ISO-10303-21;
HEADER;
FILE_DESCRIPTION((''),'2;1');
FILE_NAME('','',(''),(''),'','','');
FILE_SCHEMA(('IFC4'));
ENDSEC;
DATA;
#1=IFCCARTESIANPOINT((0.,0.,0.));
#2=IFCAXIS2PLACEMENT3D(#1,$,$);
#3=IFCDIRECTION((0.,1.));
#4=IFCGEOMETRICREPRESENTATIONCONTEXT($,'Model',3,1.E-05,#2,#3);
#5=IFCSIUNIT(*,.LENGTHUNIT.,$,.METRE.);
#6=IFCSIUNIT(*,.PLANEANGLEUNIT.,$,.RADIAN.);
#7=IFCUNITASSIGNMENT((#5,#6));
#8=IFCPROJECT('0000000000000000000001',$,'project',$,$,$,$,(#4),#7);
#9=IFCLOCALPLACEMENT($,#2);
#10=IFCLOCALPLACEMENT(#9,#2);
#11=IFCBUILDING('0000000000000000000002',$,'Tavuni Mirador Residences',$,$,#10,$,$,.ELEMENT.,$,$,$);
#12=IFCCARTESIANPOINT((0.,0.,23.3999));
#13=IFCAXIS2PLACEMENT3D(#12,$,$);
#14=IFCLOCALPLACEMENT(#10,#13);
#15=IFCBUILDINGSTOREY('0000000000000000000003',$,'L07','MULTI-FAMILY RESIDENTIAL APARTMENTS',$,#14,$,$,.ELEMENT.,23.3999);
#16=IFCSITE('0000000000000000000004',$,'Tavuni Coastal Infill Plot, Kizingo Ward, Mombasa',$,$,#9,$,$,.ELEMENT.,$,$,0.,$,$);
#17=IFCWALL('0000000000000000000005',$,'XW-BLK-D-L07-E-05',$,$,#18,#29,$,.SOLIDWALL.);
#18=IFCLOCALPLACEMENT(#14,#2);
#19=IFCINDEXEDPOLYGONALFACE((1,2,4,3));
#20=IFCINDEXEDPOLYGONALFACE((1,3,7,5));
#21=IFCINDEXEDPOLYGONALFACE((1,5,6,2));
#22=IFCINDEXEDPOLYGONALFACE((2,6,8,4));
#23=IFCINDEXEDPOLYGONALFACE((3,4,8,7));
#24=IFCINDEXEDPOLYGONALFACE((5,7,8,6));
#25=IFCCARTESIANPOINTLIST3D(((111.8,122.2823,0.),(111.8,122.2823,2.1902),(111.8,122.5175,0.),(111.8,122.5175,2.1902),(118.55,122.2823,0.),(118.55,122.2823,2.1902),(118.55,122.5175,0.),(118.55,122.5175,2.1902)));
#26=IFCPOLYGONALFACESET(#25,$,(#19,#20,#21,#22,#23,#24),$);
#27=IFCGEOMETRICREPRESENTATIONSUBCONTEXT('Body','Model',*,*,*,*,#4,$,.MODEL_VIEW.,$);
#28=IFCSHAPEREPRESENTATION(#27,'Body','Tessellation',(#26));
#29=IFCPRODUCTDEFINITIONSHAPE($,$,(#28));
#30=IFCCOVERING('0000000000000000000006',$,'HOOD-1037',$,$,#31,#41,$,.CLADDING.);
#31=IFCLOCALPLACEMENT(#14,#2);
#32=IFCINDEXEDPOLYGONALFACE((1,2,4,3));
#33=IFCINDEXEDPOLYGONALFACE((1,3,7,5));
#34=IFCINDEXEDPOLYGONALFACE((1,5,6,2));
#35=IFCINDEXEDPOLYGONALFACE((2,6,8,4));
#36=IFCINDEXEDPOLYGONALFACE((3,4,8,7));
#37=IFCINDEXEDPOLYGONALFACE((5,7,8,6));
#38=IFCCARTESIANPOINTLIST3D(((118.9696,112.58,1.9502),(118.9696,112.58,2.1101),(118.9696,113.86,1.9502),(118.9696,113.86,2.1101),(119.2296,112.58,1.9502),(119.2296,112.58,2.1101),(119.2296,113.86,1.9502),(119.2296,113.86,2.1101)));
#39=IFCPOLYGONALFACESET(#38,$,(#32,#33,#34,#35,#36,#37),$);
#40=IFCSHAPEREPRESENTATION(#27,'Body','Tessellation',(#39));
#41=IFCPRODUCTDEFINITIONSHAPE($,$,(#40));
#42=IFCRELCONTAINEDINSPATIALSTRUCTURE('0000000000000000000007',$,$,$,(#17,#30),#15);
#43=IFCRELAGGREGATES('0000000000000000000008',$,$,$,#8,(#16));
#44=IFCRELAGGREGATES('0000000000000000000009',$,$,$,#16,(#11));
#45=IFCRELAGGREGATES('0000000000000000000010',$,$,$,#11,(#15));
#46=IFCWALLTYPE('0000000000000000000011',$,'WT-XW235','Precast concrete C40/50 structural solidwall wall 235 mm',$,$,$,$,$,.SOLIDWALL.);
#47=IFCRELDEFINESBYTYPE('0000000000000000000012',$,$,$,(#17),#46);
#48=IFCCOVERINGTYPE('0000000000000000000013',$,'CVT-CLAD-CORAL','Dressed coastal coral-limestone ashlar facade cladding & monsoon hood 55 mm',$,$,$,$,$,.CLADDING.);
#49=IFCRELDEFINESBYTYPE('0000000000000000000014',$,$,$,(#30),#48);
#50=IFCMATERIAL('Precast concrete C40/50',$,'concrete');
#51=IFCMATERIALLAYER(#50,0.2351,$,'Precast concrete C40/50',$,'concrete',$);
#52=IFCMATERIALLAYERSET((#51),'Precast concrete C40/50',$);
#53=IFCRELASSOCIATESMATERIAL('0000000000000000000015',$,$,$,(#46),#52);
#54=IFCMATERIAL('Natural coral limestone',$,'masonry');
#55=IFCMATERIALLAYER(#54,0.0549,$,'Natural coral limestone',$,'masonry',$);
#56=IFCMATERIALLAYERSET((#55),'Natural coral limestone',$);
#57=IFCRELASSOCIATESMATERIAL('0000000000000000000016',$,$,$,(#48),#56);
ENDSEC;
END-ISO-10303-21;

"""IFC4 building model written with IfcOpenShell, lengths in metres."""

from ifc_helpers import new_model, si_unit, direction, frame, frame_2d, origin, origin_2d, place, context, subcontext, project, spatial, rectangle, extrude, material, layer, layer_set, type_object, element, save


model = new_model("IFC4")

# Units and contexts
model_context = context("Model", 3, precision=1e-05, world=origin(), true_north=direction((0.0, 1.0)))
body_context = subcontext(model_context, "Body", "Model", "MODEL_VIEW")
ifc_project = project(units=[si_unit("LENGTHUNIT", "METRE"), si_unit("PLANEANGLEUNIT", "RADIAN")], contexts=[model_context])

# Site, building, storey
site_placement = place(None, origin())
site = spatial("IfcSite", under=ifc_project, at=site_placement, Name="Tavuni Coastal Infill Plot, Kizingo Ward, Mombasa", CompositionType="ELEMENT", RefElevation=0.0)
building_placement = place(site_placement, origin())
building = spatial("IfcBuilding", under=site, at=building_placement, Name="Tavuni Mirador Residences", CompositionType="ELEMENT")
storey_placement = place(building_placement, frame((0.0, 0.0, 23.3999)))
storey = spatial("IfcBuildingStorey", under=building, at=storey_placement, Name="L07", Description="MULTI-FAMILY RESIDENTIAL APARTMENTS", CompositionType="ELEMENT", Elevation=23.3999)

# Shared definitions
ifc_material_1 = material(Name="Precast concrete C40/50", Category="concrete")

# Wall
ifc_layer_1 = layer(ifc_material_1, 0.2351, Name="Precast concrete C40/50", Category="concrete")
ifc_layer_set_1 = layer_set([ifc_layer_1], Name="Precast concrete C40/50")
wall_type_1 = type_object("IfcWallType", Name="WT-XW235", Description="Precast concrete C40/50 structural solidwall wall 235 mm", PredefinedType="SOLIDWALL", material=ifc_layer_set_1)
for number, where, z_axis, x_axis, name in (
    (1, (111.8, 122.3999, 0.0), (0.0, 0.0, 1.0), (1.0, 0.0, 0.0), "XW-BLK-D-L07-E-05"),
):
    element("IfcWall", number, at=place(storey_placement, frame(where, z_axis=z_axis, x_axis=x_axis)), inside=storey, type_object=wall_type_1, Name=name, PredefinedType="SOLIDWALL", context=body_context, shape_type="SweptSolid", body=[
        extrude(rectangle(XDim=6.75, YDim=0.2351, at=frame_2d((3.375, 0.0))), origin(), (0.0, 0.0, 1.0), 2.1902),
    ])

# Covering
ifc_material_2 = material(Name="Natural coral limestone", Category="masonry")
ifc_layer_2 = layer(ifc_material_2, 0.0549, Name="Natural coral limestone", Category="masonry")
ifc_layer_set_2 = layer_set([ifc_layer_2], Name="Natural coral limestone")
covering_type = type_object("IfcCoveringType", Name="CVT-CLAD-CORAL", Description="Dressed coastal coral-limestone ashlar facade cladding & monsoon hood 55 mm", PredefinedType="CLADDING", material=ifc_layer_set_2)
covering_placement = place(storey_placement, frame((119.0996, 113.22, 1.9502), z_axis=(0.0, 0.0, 1.0), x_axis=(0.0, 1.0, 0.0)))
element("IfcCovering", 2, at=covering_placement, inside=storey, type_object=covering_type, Name="HOOD-1037", PredefinedType="CLADDING", context=body_context, shape_type="SweptSolid", body=[
    extrude(rectangle(XDim=1.28, YDim=0.26, at=origin_2d()), origin(), (0.0, 0.0, 1.0), 0.1599),
])

save(model, "model.ifc")
